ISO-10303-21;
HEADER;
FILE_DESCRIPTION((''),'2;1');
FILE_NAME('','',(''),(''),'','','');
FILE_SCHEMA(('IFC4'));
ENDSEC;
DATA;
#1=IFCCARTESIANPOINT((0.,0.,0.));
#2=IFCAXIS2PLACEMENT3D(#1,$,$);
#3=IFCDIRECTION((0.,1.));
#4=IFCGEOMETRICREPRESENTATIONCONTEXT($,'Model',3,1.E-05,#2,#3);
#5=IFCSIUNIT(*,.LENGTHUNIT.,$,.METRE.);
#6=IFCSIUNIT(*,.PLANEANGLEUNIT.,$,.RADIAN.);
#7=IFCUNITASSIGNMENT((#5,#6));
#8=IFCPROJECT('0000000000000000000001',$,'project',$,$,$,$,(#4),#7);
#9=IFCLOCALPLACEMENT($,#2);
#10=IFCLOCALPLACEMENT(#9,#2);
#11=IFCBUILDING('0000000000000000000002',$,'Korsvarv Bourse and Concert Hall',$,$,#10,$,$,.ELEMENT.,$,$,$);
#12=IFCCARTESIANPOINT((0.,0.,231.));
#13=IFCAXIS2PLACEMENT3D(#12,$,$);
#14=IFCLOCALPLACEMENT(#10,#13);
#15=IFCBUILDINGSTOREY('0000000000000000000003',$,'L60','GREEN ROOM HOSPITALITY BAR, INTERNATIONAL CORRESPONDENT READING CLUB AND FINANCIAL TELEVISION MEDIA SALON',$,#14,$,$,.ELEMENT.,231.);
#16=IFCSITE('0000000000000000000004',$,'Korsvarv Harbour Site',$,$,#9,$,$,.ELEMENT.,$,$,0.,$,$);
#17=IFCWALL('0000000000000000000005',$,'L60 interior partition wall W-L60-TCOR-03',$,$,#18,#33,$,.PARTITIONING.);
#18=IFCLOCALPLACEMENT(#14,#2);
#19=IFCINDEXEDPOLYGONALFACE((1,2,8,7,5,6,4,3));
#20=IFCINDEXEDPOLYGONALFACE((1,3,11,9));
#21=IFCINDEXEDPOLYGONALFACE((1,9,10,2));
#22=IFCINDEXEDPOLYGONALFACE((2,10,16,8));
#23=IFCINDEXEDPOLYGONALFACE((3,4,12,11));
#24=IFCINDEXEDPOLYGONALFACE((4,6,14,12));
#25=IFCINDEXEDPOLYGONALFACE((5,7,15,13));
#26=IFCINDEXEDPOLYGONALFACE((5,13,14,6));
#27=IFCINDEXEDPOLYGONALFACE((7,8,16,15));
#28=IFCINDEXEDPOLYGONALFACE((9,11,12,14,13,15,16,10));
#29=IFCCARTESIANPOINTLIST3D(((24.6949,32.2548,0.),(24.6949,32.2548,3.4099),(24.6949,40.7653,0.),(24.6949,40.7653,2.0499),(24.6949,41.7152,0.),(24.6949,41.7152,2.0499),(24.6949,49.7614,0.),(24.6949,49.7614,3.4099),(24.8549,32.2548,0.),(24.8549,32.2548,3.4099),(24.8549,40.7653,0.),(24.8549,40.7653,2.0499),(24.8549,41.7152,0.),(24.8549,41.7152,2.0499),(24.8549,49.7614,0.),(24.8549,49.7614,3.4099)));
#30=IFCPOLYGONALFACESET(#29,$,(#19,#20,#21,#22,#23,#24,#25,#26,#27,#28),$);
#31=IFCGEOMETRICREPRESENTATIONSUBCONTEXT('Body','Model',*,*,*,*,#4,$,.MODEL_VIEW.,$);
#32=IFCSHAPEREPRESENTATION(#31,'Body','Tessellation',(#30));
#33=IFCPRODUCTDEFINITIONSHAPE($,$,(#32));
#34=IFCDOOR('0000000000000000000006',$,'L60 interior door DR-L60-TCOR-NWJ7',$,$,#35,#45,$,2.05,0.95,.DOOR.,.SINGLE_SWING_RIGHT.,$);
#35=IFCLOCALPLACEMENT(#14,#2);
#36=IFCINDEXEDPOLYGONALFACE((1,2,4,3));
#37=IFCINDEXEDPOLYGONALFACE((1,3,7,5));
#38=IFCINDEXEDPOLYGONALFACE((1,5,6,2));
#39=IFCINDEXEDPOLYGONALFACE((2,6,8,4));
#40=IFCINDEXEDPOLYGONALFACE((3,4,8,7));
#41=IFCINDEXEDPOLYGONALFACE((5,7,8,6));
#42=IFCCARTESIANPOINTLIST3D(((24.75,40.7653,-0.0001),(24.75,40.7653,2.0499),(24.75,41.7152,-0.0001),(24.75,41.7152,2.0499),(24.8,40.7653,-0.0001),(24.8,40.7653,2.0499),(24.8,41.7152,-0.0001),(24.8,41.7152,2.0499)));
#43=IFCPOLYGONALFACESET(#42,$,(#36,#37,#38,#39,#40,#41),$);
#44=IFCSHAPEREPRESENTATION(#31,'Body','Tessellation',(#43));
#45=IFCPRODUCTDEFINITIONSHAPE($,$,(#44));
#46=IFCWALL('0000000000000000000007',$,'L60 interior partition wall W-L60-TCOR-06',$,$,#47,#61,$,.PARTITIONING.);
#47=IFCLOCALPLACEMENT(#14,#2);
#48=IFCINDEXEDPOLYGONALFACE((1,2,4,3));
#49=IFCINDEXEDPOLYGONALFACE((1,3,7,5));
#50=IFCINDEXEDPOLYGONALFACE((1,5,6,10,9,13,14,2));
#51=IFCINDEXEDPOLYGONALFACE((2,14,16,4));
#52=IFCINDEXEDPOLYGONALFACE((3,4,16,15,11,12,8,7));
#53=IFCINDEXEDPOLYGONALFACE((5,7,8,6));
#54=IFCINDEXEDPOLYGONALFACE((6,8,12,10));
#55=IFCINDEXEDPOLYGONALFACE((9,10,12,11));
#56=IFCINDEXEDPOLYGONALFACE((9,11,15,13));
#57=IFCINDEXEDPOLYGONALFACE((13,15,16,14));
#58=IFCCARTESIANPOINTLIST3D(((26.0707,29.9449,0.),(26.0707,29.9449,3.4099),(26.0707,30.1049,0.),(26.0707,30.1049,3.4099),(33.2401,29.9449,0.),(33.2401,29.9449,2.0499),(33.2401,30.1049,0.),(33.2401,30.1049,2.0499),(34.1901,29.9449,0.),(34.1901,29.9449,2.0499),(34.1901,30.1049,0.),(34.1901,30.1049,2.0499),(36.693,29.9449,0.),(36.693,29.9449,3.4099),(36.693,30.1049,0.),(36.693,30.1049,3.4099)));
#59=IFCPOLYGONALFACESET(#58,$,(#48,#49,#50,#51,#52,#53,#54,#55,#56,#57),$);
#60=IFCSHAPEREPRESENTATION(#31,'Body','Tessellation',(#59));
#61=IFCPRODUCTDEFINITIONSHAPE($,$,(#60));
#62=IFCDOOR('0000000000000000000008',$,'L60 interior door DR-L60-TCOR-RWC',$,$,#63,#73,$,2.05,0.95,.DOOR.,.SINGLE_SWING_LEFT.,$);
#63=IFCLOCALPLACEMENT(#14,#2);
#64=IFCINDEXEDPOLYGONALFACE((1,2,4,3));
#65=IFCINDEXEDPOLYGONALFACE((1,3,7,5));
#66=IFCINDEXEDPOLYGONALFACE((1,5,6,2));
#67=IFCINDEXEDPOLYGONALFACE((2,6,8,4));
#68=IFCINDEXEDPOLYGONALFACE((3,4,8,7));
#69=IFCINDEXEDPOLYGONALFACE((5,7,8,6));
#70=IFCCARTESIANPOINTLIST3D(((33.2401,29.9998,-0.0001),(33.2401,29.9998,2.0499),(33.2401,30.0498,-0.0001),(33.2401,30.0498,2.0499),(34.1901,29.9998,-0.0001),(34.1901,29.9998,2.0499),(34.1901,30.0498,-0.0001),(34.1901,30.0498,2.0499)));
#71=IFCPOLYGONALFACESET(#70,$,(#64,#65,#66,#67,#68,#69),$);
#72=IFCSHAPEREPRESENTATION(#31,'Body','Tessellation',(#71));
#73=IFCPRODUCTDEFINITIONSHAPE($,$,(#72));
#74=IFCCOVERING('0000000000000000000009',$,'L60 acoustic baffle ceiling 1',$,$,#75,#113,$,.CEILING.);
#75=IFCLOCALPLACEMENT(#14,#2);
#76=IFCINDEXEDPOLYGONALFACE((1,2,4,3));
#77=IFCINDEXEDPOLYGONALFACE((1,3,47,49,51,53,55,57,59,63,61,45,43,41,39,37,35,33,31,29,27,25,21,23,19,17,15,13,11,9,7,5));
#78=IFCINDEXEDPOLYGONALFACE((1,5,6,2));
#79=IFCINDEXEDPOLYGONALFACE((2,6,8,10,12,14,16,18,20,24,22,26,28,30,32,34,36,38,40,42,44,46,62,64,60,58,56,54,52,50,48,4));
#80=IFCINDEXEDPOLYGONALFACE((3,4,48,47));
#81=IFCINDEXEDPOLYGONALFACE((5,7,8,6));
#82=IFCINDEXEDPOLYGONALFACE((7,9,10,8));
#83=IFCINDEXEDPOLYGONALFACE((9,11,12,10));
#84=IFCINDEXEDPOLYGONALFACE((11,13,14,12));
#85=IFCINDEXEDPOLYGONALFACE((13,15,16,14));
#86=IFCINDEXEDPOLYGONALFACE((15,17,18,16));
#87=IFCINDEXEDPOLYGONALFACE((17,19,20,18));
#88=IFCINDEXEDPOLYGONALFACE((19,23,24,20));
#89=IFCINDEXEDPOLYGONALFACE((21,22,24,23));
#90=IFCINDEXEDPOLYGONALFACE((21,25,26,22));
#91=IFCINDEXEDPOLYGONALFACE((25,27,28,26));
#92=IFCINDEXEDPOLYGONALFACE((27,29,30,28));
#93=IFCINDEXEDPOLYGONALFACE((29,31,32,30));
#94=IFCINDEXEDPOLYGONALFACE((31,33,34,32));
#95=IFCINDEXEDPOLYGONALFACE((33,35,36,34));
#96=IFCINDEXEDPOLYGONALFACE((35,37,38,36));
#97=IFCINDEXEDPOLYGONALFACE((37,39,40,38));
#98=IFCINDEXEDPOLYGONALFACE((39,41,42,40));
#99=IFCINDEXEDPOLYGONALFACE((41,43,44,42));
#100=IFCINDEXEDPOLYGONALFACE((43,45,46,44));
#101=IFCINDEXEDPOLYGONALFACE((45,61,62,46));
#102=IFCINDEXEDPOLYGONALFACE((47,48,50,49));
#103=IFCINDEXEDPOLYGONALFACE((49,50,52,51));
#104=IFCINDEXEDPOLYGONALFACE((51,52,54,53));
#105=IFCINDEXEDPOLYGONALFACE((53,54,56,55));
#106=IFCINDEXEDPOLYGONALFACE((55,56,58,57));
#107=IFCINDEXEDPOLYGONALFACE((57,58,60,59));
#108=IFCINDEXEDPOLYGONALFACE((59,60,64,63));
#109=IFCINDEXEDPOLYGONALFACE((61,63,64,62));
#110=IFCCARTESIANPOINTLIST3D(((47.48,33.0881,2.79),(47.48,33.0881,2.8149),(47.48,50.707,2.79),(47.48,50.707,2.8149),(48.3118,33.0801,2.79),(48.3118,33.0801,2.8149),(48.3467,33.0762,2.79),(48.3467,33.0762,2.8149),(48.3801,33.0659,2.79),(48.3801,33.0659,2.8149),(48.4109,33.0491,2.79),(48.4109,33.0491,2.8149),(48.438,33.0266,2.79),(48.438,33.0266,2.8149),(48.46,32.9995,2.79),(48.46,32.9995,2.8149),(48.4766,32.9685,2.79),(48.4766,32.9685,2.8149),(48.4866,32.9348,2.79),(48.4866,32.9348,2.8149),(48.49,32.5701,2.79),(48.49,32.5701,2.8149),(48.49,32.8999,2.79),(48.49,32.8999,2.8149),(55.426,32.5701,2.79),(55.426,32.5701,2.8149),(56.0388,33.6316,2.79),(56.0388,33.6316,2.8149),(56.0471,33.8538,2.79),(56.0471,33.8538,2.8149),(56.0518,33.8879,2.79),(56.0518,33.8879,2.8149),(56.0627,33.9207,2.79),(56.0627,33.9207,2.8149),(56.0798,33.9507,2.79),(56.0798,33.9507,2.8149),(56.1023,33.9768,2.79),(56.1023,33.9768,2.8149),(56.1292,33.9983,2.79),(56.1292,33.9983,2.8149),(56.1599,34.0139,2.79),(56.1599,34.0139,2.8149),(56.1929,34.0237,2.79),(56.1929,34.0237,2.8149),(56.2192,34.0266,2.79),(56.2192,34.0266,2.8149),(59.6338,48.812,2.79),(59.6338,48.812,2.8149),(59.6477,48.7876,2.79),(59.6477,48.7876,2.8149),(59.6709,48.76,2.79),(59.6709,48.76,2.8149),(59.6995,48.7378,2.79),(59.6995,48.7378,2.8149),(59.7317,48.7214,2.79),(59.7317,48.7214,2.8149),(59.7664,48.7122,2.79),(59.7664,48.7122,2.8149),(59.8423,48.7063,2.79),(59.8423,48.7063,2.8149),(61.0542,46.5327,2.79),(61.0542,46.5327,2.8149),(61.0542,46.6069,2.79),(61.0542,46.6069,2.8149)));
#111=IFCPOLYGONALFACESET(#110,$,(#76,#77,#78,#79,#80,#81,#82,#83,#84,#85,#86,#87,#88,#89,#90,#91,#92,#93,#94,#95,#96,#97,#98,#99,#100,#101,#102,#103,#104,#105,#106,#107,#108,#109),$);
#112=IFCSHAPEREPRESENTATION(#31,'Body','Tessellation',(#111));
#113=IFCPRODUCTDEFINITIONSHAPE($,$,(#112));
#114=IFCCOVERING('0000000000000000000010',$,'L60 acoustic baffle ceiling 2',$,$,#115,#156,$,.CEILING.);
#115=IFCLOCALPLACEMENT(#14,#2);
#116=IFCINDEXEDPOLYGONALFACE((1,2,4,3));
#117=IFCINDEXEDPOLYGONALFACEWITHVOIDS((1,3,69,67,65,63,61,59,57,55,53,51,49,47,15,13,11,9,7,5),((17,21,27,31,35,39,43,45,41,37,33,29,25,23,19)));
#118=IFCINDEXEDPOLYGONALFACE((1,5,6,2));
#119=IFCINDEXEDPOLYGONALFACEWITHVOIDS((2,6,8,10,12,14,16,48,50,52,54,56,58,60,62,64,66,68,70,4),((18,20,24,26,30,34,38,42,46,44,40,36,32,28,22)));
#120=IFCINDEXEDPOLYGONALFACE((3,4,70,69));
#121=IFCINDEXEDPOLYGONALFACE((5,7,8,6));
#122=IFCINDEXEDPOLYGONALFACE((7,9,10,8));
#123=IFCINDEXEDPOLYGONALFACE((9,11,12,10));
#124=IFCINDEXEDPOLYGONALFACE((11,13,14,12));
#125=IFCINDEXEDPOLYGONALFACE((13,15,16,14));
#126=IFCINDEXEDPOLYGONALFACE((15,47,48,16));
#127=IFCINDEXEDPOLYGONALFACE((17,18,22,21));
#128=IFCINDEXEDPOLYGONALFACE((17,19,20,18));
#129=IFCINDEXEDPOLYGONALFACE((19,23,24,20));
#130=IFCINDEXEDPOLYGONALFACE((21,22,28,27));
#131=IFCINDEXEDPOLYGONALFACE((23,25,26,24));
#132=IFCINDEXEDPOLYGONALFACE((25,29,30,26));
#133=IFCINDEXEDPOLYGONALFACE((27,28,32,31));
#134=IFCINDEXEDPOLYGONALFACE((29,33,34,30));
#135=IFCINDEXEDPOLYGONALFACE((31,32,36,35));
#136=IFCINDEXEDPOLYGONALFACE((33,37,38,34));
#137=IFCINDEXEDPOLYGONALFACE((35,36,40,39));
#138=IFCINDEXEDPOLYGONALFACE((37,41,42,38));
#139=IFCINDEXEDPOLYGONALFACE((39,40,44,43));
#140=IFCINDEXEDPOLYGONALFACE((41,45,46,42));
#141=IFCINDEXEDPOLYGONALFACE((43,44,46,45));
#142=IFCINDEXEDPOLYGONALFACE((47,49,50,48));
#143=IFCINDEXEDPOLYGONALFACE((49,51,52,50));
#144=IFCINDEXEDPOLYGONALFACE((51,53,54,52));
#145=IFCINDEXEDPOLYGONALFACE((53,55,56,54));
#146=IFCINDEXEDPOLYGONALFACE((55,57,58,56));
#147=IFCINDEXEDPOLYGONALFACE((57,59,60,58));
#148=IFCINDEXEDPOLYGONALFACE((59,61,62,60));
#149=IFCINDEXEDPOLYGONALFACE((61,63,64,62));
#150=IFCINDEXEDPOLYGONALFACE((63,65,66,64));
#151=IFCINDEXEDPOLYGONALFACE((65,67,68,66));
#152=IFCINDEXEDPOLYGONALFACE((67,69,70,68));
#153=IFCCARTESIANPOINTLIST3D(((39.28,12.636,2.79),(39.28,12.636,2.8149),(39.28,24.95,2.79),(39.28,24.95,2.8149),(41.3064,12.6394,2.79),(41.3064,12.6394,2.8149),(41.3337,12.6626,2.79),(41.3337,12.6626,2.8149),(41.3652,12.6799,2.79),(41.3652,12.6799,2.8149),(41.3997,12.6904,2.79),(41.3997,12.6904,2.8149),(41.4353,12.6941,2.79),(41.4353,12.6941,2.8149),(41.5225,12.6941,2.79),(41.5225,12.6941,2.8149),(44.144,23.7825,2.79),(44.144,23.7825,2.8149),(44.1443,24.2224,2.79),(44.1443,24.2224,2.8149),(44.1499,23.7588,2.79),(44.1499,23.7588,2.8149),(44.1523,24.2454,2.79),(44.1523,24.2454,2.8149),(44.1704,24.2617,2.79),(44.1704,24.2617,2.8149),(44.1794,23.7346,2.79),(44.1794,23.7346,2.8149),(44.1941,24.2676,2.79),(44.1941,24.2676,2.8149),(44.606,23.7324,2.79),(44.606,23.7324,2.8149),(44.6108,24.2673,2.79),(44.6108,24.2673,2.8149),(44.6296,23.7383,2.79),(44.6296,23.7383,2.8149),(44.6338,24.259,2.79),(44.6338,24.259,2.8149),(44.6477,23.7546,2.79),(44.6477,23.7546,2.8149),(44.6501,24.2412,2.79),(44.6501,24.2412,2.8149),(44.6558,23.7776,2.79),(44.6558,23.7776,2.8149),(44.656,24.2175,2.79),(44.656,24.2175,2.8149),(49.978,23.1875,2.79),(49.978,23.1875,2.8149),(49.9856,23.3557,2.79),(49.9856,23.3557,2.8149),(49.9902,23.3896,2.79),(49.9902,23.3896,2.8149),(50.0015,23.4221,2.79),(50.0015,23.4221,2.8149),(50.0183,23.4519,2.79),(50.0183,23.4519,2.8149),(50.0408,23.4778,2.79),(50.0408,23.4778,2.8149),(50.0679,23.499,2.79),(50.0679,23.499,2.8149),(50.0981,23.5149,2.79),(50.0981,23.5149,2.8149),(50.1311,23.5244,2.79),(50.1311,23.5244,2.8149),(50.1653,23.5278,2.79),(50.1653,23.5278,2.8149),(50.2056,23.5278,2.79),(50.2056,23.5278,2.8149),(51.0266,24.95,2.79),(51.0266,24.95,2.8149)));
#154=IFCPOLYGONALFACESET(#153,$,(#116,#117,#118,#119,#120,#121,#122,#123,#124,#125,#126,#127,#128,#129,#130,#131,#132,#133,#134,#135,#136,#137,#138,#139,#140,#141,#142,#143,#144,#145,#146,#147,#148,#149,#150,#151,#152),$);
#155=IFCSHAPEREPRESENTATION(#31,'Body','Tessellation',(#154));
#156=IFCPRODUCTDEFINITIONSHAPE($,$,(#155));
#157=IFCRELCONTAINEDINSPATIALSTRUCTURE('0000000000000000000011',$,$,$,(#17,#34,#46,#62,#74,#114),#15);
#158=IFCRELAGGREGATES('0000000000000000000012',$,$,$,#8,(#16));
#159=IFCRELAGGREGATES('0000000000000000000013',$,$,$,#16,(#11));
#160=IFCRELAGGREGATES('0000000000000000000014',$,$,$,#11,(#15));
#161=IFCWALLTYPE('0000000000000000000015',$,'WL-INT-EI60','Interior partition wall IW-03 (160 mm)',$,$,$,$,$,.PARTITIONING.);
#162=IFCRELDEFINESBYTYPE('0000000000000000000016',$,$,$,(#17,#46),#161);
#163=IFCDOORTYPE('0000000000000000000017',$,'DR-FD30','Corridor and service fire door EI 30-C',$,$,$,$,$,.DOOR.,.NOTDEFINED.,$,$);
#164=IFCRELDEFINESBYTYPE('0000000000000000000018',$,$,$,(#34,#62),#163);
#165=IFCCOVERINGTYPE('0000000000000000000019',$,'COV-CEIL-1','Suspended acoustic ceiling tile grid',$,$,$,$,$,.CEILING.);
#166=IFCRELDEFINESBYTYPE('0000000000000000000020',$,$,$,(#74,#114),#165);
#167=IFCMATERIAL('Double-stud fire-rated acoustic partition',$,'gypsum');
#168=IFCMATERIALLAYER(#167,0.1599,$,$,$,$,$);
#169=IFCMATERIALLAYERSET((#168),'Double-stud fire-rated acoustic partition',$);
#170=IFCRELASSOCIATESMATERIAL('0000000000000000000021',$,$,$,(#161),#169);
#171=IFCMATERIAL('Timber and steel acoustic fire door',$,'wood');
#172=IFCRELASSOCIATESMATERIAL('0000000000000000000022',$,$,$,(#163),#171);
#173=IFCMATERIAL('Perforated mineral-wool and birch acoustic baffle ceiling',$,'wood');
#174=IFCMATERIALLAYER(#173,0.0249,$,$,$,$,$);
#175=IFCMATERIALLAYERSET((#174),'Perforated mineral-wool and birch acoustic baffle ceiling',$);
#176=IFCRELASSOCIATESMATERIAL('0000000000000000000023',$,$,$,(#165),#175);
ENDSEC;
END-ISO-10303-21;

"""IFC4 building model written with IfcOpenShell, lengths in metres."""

from ifc_helpers import new_model, si_unit, direction, frame, frame_2d, origin, place, context, subcontext, project, spatial, polyline, rectangle, outline, extrude, material, layer, layer_set, type_object, element, fill, save


model = new_model("IFC4")

# Units and contexts
model_context = context("Model", 3, precision=1e-05, world=origin(), true_north=direction((0.0, 1.0)))
body_context = subcontext(model_context, "Body", "Model", "MODEL_VIEW")
ifc_project = project(units=[si_unit("LENGTHUNIT", "METRE"), si_unit("PLANEANGLEUNIT", "RADIAN")], contexts=[model_context])

# Site, building, storey
site_placement = place(None, origin())
site = spatial("IfcSite", under=ifc_project, at=site_placement, Name="Korsvarv Harbour Site", CompositionType="ELEMENT", RefElevation=0.0)
building_placement = place(site_placement, origin())
building = spatial("IfcBuilding", under=site, at=building_placement, Name="Korsvarv Bourse and Concert Hall", CompositionType="ELEMENT")
storey_placement = place(building_placement, frame((0.0, 0.0, 231.0)))
storey = spatial("IfcBuildingStorey", under=building, at=storey_placement, Name="L60", Description="GREEN ROOM HOSPITALITY BAR, INTERNATIONAL CORRESPONDENT READING CLUB AND FINANCIAL TELEVISION MEDIA SALON", CompositionType="ELEMENT", Elevation=231.0)

# Walls, openings, doors
ifc_material_1 = material(Name="Double-stud fire-rated acoustic partition", Category="gypsum")
ifc_layer_1 = layer(ifc_material_1, 0.1599)
ifc_layer_set_1 = layer_set([ifc_layer_1], Name="Double-stud fire-rated acoustic partition")
wall_type = type_object("IfcWallType", Name="WL-INT-EI60", Description="Interior partition wall IW-03 (160 mm)", PredefinedType="PARTITIONING", material=ifc_layer_set_1)
wall_1_placement = place(storey_placement, frame((24.7749, 32.2546, 0.0), z_axis=(0.0, 0.0, 1.0), x_axis=(0.0, 1.0, 0.0)))
wall_1 = element("IfcWall", 1, at=wall_1_placement, inside=storey, type_object=wall_type, Name="L60 interior partition wall W-L60-TCOR-03", PredefinedType="PARTITIONING", context=body_context, shape_type="SweptSolid", body=[
    extrude(rectangle(XDim=17.5066, YDim=0.1599, at=frame_2d((8.7534, 0.0))), origin(), (0.0, 0.0, 1.0), 3.4099),
])
opening_1_placement = place(wall_1_placement, frame((8.5105, 0.0, 0.0)))
opening_1 = element("IfcOpeningElement", 2, at=opening_1_placement, cuts=wall_1, PredefinedType="OPENING", context=body_context, shape_type="SweptSolid", body=[
    extrude(rectangle(XDim=0.95, YDim=2.05, at=frame_2d((0.4751, 1.0249))), frame((0.0, 0.0898, 0.0), z_axis=(0.0, -1.0, 0.0), x_axis=(1.0, 0.0, 0.0)), (0.0, 0.0, 1.0), 0.1799),
])
ifc_material_2 = material(Name="Timber and steel acoustic fire door", Category="wood")
door_type = type_object("IfcDoorType", Name="DR-FD30", Description="Corridor and service fire door EI 30-C", OperationType="NOTDEFINED", PredefinedType="DOOR", material=ifc_material_2)
door_1_placement = place(opening_1_placement, origin())
door_1 = element("IfcDoor", 3, at=door_1_placement, inside=storey, type_object=door_type, Name="L60 interior door DR-L60-TCOR-NWJ7", OperationType="SINGLE_SWING_RIGHT", OverallHeight=2.05, OverallWidth=0.95, PredefinedType="DOOR", context=body_context, shape_type="SweptSolid", body=[
    extrude(rectangle(XDim=0.95, YDim=2.05, at=frame_2d((0.4751, 1.0249))), frame((0.0, 0.0249, 0.0), z_axis=(0.0, -1.0, 0.0), x_axis=(1.0, 0.0, 0.0)), (0.0, 0.0, 1.0), 0.05),
])
fill(opening_1, door_1)
wall_2_placement = place(storey_placement, frame((26.0708, 30.0249, 0.0), z_axis=(0.0, 0.0, 1.0), x_axis=(1.0, 0.0, 0.0)))
wall_2 = element("IfcWall", 4, at=wall_2_placement, inside=storey, type_object=wall_type, Name="L60 interior partition wall W-L60-TCOR-06", PredefinedType="PARTITIONING", context=body_context, shape_type="SweptSolid", body=[
    extrude(rectangle(XDim=10.6223, YDim=0.1599, at=frame_2d((5.311, 0.0))), origin(), (0.0, 0.0, 1.0), 3.4099),
])
opening_2_placement = place(wall_2_placement, frame((7.1692, 0.0, 0.0)))
opening_2 = element("IfcOpeningElement", 5, at=opening_2_placement, cuts=wall_2, PredefinedType="OPENING", context=body_context, shape_type="SweptSolid", body=[
    extrude(rectangle(XDim=0.95, YDim=2.05, at=frame_2d((0.4751, 1.0249))), frame((0.0, 0.0898, 0.0), z_axis=(0.0, -1.0, 0.0), x_axis=(1.0, 0.0, 0.0)), (0.0, 0.0, 1.0), 0.1799),
])
door_2_placement = place(opening_2_placement, origin())
door_2 = element("IfcDoor", 6, at=door_2_placement, inside=storey, type_object=door_type, Name="L60 interior door DR-L60-TCOR-RWC", OperationType="SINGLE_SWING_LEFT", OverallHeight=2.05, OverallWidth=0.95, PredefinedType="DOOR", context=body_context, shape_type="SweptSolid", body=[
    extrude(rectangle(XDim=0.95, YDim=2.05, at=frame_2d((0.4751, 1.0249))), frame((0.0, 0.0249, 0.0), z_axis=(0.0, -1.0, 0.0), x_axis=(1.0, 0.0, 0.0)), (0.0, 0.0, 1.0), 0.05),
])
fill(opening_2, door_2)

# Coverings
ifc_material_3 = material(Name="Perforated mineral-wool and birch acoustic baffle ceiling", Category="wood")
ifc_layer_2 = layer(ifc_material_3, 0.0249)
ifc_layer_set_2 = layer_set([ifc_layer_2], Name="Perforated mineral-wool and birch acoustic baffle ceiling")
covering_type_1 = type_object("IfcCoveringType", Name="COV-CEIL-1", Description="Suspended acoustic ceiling tile grid", PredefinedType="CEILING", material=ifc_layer_set_2)
covering_1_placement = place(storey_placement, frame((0.0, 0.0, 2.79)))
element("IfcCovering", 7, at=covering_1_placement, inside=storey, type_object=covering_type_1, Name="L60 acoustic baffle ceiling 1", PredefinedType="CEILING", context=body_context, shape_type="SweptSolid", body=[
    extrude(outline(polyline([(48.49, 32.5701), (48.49, 32.8999), (48.4866, 32.9348), (48.4766, 32.9685), (48.46, 32.9995), (48.438, 33.0266), (48.4109, 33.0491), (48.3801, 33.0659), (48.3467, 33.0762), (48.3118, 33.0801), (47.48, 33.0881), (47.48, 50.707), (59.6338, 48.812), (59.6477, 48.7876), (59.6709, 48.76), (59.6995, 48.7378), (59.7317, 48.7214), (59.7664, 48.7122), (59.8423, 48.7063), (61.0542, 46.6069), (61.0542, 46.5327), (56.2192, 34.0266), (56.1929, 34.0237), (56.1599, 34.0139), (56.1292, 33.9983), (56.1023, 33.9768), (56.0798, 33.9507), (56.0627, 33.9207), (56.0518, 33.8879), (56.0471, 33.8538), (56.0388, 33.6316), (55.426, 32.5701), (48.49, 32.5701)])), origin(), (0.0, 0.0, 1.0), 0.0249),
])
covering_2_placement = place(storey_placement, frame((0.0, 0.0, 2.79)))
element("IfcCovering", 8, at=covering_2_placement, inside=storey, type_object=covering_type_1, Name="L60 acoustic baffle ceiling 2", PredefinedType="CEILING", context=body_context, shape_type="SweptSolid", body=[
    extrude(outline(polyline([(51.0266, 24.95), (50.2056, 23.5278), (50.1653, 23.5278), (50.1311, 23.5244), (50.0981, 23.5149), (50.0679, 23.499), (50.0408, 23.4778), (50.0183, 23.4519), (50.0015, 23.4221), (49.9902, 23.3896), (49.9856, 23.3557), (49.978, 23.1875), (41.5225, 12.6941), (41.4353, 12.6941), (41.3997, 12.6904), (41.3652, 12.6799), (41.3337, 12.6626), (41.3064, 12.6394), (39.28, 12.636), (39.28, 24.95), (51.0266, 24.95)]), holes=[polyline([(44.1794, 23.7346), (44.606, 23.7324), (44.6296, 23.7383), (44.6477, 23.7546), (44.6558, 23.7776), (44.656, 24.2175), (44.6501, 24.2412), (44.6338, 24.259), (44.6108, 24.2673), (44.1941, 24.2676), (44.1704, 24.2617), (44.1523, 24.2454), (44.1443, 24.2224), (44.144, 23.7825), (44.1499, 23.7588), (44.1794, 23.7346)])]), origin(), (0.0, 0.0, 1.0), 0.0249),
])

save(model, "model.ifc")
